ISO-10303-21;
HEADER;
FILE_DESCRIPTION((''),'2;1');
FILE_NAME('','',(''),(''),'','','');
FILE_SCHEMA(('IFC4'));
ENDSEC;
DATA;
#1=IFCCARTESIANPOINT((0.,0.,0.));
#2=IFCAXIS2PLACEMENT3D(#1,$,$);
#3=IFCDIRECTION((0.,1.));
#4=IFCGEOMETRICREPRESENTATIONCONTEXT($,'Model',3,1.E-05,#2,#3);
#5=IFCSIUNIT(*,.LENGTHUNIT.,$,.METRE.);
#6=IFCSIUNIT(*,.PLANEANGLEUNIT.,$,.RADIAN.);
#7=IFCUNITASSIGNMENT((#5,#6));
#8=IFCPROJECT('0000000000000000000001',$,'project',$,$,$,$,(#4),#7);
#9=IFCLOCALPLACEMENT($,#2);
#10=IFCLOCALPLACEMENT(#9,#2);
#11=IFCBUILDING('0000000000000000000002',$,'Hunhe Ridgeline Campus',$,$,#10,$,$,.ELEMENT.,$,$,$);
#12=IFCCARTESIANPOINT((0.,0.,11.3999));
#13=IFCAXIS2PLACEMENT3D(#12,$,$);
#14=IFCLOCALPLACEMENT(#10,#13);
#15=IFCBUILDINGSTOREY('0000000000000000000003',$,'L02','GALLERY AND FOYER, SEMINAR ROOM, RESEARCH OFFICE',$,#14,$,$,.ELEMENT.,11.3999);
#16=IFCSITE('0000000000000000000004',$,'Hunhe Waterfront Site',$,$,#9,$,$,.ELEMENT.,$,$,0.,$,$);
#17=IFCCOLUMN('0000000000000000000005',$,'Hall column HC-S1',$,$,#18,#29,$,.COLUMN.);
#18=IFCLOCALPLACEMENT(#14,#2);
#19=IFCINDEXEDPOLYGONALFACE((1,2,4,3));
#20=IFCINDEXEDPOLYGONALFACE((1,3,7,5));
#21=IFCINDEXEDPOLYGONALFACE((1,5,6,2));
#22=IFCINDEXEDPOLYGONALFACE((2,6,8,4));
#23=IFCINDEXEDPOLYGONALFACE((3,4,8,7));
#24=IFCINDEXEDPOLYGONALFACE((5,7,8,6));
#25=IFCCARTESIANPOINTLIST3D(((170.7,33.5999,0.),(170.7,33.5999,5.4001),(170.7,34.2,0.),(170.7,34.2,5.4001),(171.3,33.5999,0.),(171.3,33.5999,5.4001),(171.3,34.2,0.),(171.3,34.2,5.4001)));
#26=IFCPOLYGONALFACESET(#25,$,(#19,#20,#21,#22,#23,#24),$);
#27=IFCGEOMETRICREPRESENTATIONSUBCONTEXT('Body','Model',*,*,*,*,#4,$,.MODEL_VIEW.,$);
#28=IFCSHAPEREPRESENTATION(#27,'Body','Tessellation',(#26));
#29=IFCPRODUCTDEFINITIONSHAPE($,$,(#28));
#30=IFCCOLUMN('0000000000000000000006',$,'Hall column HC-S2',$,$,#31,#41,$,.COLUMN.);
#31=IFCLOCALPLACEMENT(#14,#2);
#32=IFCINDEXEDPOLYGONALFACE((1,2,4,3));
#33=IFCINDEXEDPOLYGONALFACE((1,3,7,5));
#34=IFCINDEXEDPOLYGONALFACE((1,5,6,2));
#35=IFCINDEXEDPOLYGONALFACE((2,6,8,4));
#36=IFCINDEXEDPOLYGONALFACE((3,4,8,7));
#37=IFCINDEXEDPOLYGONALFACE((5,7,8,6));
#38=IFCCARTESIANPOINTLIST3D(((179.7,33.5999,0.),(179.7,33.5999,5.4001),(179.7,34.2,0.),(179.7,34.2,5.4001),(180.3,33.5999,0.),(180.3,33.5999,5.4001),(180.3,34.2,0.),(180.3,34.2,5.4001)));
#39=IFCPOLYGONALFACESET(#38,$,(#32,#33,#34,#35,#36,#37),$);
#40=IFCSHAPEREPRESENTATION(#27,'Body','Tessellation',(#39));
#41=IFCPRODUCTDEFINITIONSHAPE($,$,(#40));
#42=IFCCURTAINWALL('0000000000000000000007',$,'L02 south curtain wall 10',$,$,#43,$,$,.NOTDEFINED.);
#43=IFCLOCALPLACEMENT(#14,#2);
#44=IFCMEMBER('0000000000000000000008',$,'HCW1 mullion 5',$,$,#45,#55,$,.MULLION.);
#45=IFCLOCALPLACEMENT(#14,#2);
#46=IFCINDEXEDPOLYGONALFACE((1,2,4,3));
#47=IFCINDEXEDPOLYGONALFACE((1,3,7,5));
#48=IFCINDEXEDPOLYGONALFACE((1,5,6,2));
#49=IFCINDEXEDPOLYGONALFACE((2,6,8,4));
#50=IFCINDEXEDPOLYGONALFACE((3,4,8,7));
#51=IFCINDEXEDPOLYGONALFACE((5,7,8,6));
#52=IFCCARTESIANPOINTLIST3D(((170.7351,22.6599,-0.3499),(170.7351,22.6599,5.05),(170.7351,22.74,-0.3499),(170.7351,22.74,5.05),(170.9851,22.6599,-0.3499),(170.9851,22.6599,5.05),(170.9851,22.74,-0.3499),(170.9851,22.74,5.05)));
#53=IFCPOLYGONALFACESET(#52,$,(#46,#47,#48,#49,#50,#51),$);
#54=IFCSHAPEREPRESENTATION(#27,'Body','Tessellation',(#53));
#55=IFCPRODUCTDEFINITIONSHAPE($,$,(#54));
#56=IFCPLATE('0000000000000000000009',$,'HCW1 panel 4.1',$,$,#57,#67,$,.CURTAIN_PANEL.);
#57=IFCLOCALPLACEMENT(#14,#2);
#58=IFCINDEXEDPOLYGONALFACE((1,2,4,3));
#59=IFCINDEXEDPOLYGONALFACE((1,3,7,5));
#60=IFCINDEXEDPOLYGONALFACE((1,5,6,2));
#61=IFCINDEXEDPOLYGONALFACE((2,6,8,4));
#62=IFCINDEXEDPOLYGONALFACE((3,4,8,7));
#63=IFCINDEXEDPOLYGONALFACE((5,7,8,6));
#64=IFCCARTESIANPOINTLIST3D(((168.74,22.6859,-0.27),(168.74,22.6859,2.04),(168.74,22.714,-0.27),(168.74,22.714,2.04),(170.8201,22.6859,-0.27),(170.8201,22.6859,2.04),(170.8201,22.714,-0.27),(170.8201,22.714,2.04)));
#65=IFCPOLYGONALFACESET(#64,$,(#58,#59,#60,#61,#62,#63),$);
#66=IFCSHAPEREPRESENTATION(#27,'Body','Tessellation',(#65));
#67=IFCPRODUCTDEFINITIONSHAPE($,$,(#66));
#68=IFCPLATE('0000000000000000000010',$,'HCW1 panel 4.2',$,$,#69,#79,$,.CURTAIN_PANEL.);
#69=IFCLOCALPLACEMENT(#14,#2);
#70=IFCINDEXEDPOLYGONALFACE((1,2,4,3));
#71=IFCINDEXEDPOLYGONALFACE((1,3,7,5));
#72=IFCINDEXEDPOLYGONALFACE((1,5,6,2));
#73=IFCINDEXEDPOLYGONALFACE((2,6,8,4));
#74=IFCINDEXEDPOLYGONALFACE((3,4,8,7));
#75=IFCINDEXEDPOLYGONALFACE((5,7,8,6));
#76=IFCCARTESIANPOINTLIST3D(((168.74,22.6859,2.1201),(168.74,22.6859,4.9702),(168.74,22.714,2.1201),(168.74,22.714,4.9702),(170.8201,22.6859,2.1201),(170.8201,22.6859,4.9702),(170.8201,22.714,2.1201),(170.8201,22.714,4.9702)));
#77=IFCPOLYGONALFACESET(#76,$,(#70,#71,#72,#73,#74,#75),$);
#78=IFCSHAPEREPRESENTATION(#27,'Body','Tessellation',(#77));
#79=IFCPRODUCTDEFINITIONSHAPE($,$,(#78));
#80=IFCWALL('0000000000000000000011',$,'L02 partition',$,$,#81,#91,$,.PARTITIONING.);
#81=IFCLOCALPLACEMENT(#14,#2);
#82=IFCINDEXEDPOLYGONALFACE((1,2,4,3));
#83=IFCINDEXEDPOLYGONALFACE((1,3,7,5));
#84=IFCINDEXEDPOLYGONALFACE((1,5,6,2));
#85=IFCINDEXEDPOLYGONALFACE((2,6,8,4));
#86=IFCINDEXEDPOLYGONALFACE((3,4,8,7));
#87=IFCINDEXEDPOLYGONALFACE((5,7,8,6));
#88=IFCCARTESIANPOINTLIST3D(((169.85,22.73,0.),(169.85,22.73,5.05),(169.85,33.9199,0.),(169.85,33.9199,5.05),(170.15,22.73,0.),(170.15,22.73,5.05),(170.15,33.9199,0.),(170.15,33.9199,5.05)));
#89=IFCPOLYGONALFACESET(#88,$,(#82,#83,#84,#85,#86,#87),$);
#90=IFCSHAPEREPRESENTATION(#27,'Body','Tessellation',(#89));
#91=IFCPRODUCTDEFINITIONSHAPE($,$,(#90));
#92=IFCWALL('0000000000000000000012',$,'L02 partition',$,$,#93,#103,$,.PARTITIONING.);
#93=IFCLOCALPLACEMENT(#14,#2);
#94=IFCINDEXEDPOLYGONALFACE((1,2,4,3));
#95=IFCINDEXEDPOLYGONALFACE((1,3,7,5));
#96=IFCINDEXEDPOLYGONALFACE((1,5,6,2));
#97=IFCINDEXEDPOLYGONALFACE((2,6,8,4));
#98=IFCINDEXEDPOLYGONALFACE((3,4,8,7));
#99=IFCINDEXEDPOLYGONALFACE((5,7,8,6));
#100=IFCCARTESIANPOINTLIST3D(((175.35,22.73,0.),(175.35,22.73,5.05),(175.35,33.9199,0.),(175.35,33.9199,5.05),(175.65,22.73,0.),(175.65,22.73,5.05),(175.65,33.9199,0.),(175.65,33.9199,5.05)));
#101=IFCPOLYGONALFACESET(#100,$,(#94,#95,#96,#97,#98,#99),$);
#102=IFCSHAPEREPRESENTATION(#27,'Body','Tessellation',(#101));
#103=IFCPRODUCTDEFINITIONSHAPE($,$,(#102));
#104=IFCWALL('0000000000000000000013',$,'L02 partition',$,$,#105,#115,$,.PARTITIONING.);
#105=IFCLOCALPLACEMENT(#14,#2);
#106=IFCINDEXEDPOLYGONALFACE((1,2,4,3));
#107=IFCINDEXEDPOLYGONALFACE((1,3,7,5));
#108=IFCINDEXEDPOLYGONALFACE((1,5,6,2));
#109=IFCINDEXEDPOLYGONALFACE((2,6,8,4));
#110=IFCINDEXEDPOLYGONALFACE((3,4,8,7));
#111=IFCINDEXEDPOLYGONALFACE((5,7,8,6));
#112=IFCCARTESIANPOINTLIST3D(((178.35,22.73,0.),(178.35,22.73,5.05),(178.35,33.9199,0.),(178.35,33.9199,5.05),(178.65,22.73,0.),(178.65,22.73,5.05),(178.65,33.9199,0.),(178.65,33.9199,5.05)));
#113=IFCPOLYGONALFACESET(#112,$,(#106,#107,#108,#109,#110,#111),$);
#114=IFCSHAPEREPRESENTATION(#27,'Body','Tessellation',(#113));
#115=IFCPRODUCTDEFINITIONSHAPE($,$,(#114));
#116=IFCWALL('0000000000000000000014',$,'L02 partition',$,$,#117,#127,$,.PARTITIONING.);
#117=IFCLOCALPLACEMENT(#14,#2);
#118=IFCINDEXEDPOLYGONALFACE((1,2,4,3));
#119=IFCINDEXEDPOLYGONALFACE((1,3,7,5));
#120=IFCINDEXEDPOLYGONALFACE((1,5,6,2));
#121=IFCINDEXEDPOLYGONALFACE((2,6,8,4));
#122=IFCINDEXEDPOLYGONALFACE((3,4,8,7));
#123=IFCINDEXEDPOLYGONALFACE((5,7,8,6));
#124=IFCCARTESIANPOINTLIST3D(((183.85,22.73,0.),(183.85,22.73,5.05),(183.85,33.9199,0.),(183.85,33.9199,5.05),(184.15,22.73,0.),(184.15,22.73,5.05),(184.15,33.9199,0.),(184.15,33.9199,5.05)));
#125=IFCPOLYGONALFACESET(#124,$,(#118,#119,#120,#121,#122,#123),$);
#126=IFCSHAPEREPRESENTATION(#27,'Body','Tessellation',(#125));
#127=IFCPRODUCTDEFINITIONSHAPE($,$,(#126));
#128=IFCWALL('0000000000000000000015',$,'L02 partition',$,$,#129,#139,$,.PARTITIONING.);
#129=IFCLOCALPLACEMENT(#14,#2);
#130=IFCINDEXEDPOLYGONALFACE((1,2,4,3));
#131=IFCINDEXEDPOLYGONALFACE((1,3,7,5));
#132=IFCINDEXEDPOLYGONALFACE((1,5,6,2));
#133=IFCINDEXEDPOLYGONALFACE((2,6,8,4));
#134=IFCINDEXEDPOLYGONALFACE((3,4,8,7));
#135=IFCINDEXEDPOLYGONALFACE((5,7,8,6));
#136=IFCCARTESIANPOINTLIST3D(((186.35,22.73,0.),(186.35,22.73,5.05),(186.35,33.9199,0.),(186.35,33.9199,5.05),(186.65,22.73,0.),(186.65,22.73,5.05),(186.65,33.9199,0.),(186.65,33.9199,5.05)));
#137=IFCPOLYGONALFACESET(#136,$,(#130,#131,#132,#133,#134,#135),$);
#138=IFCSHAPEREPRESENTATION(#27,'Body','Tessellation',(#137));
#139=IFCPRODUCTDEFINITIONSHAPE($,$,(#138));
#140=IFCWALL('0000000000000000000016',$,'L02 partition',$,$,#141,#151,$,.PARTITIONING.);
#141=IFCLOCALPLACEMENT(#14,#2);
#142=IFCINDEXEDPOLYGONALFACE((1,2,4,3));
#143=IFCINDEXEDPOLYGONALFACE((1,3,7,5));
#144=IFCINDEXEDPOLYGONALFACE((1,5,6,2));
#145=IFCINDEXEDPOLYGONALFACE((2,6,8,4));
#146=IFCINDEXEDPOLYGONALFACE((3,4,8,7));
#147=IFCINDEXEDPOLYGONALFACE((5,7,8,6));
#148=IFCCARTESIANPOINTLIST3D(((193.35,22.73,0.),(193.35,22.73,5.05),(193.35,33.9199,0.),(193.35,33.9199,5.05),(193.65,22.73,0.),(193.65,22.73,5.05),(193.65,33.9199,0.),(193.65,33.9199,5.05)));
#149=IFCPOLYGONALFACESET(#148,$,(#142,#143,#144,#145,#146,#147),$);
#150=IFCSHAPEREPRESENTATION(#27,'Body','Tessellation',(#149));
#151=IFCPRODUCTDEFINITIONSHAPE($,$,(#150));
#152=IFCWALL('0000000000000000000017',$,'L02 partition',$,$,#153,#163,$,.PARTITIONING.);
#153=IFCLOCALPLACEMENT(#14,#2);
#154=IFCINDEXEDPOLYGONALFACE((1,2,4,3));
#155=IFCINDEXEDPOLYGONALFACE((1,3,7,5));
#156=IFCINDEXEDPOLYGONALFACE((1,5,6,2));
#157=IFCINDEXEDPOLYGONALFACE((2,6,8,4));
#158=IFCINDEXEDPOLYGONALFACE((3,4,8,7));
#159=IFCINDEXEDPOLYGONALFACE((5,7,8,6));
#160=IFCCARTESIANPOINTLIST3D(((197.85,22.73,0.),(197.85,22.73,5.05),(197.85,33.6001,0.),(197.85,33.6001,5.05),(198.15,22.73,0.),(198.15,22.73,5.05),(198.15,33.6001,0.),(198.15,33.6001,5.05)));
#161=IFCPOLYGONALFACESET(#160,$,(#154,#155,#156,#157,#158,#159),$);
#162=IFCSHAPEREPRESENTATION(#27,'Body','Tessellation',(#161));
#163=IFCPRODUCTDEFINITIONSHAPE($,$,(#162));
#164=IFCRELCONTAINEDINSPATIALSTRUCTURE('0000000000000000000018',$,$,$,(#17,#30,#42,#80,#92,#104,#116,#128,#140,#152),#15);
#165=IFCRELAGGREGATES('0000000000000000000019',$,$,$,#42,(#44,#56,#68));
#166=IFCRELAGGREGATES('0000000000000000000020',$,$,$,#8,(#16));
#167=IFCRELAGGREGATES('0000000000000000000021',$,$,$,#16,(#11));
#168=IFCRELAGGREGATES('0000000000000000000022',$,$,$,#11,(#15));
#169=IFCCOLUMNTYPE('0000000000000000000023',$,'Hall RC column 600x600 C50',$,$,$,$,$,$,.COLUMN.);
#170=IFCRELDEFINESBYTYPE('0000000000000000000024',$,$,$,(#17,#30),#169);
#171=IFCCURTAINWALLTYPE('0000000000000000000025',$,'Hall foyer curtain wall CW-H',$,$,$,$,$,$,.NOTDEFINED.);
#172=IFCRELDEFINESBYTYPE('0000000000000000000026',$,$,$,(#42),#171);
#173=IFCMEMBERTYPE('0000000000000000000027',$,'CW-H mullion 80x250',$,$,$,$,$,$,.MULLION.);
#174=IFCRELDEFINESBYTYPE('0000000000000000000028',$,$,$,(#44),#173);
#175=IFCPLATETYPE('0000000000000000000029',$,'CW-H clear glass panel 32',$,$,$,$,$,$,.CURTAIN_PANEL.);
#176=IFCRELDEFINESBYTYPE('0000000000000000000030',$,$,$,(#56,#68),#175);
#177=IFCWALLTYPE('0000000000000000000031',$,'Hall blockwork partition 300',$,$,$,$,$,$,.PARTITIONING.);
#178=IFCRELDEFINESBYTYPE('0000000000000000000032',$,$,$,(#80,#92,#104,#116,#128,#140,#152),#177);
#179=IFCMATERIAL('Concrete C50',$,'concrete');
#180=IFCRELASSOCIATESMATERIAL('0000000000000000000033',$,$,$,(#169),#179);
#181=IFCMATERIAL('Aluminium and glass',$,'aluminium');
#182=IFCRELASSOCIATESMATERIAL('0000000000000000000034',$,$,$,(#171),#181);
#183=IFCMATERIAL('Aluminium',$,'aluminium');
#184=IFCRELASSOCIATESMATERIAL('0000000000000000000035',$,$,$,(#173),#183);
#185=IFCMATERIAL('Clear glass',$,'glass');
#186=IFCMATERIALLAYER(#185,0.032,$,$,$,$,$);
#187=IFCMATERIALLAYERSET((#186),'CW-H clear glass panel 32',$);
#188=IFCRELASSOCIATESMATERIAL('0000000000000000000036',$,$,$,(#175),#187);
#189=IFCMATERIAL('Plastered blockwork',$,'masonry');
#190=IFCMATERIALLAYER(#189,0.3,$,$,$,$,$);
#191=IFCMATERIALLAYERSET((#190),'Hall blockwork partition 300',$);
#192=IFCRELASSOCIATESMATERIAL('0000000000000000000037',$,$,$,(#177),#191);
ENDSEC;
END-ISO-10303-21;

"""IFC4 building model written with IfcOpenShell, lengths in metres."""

from ifc_helpers import new_model, si_unit, direction, frame, frame_2d, origin, origin_2d, place, context, subcontext, project, spatial, rectangle, extrude, material, layer, layer_set, material_profile, profile_set, type_object, element, aggregate, save


model = new_model("IFC4")

# Units and contexts
model_context = context("Model", 3, precision=1e-05, world=origin(), true_north=direction((0.0, 1.0)))
body_context = subcontext(model_context, "Body", "Model", "MODEL_VIEW")
ifc_project = project(units=[si_unit("LENGTHUNIT", "METRE"), si_unit("PLANEANGLEUNIT", "RADIAN")], contexts=[model_context])

# Site, building, storey
site_placement = place(None, origin())
site = spatial("IfcSite", under=ifc_project, at=site_placement, Name="Hunhe Waterfront Site", CompositionType="ELEMENT", RefElevation=0.0)
building_placement = place(site_placement, origin())
building = spatial("IfcBuilding", under=site, at=building_placement, Name="Hunhe Ridgeline Campus", CompositionType="ELEMENT")
storey_placement = place(building_placement, frame((0.0, 0.0, 11.3999)))
storey = spatial("IfcBuildingStorey", under=building, at=storey_placement, Name="L02", Description="GALLERY AND FOYER, SEMINAR ROOM, RESEARCH OFFICE", CompositionType="ELEMENT", Elevation=11.3999)

# Columns
ifc_material_1 = material(Name="Concrete C50", Category="concrete")
ifc_material_profile_1 = material_profile(ifc_material_1, rectangle(XDim=0.6001, YDim=0.6001, at=origin_2d()))
ifc_profile_set_1 = profile_set([ifc_material_profile_1], Name="Concrete C50")
column_type = type_object("IfcColumnType", Name="Hall RC column 600x600 C50", PredefinedType="COLUMN", material=ifc_profile_set_1)
for number, where, z_axis, x_axis, name in (
    (1, (171.0, 33.8999, 0.0), (0.0, 0.0, 1.0), (1.0, 0.0, 0.0), "Hall column HC-S1"),
    (2, (180.0, 33.8999, 0.0), (0.0, 0.0, 1.0), (1.0, 0.0, 0.0), "Hall column HC-S2"),
):
    element("IfcColumn", number, at=place(storey_placement, frame(where, z_axis=z_axis, x_axis=x_axis)), inside=storey, type_object=column_type, Name=name, PredefinedType="COLUMN", context=body_context, shape_type="SweptSolid", body=[
        extrude(rectangle(XDim=0.6001, YDim=0.6001, at=origin_2d()), origin(), (0.0, 0.0, 1.0), 5.4001),
    ])

# Curtain wall, member, plates
ifc_material_2 = material(Name="Aluminium and glass", Category="aluminium")
curtain_wall_type = type_object("IfcCurtainWallType", Name="Hall foyer curtain wall CW-H", PredefinedType="NOTDEFINED", material=ifc_material_2)
curtain_wall_placement = place(storey_placement, origin())
curtain_wall = element("IfcCurtainWall", 3, at=curtain_wall_placement, inside=storey, type_object=curtain_wall_type, Name="L02 south curtain wall 10", PredefinedType="NOTDEFINED")
ifc_material_3 = material(Name="Aluminium", Category="aluminium")
ifc_material_profile_2 = material_profile(ifc_material_3, rectangle(XDim=0.0801, YDim=0.25, at=origin_2d()))
ifc_profile_set_2 = profile_set([ifc_material_profile_2], Name="Aluminium")
member_type = type_object("IfcMemberType", Name="CW-H mullion 80x250", PredefinedType="MULLION", material=ifc_profile_set_2)
member_placement = place(storey_placement, frame((170.8601, 22.7, -0.3499), z_axis=(0.0, 0.0, 1.0), x_axis=(0.0, 1.0, 0.0)))
member = element("IfcMember", 4, at=member_placement, type_object=member_type, Name="HCW1 mullion 5", PredefinedType="MULLION", context=body_context, shape_type="SweptSolid", body=[
    extrude(rectangle(XDim=0.0801, YDim=0.25, at=origin_2d()), origin(), (0.0, 0.0, 1.0), 5.3999),
])
ifc_material_4 = material(Name="Clear glass", Category="glass")
ifc_layer_1 = layer(ifc_material_4, 0.032)
ifc_layer_set_1 = layer_set([ifc_layer_1], Name="CW-H clear glass panel 32")
plate_type = type_object("IfcPlateType", Name="CW-H clear glass panel 32", PredefinedType="CURTAIN_PANEL", material=ifc_layer_set_1)
plate_1_placement = place(storey_placement, frame((169.78, 22.7, -0.27), z_axis=(0.0, 0.0, 1.0), x_axis=(1.0, 0.0, 0.0)))
plate_1 = element("IfcPlate", 5, at=plate_1_placement, type_object=plate_type, Name="HCW1 panel 4.1", PredefinedType="CURTAIN_PANEL", context=body_context, shape_type="SweptSolid", body=[
    extrude(rectangle(XDim=2.0801, YDim=0.0281, at=origin_2d()), origin(), (0.0, 0.0, 1.0), 2.3101),
])
plate_2_placement = place(storey_placement, frame((169.78, 22.7, 2.1201), z_axis=(0.0, 0.0, 1.0), x_axis=(1.0, 0.0, 0.0)))
plate_2 = element("IfcPlate", 6, at=plate_2_placement, type_object=plate_type, Name="HCW1 panel 4.2", PredefinedType="CURTAIN_PANEL", context=body_context, shape_type="SweptSolid", body=[
    extrude(rectangle(XDim=2.0801, YDim=0.0281, at=origin_2d()), origin(), (0.0, 0.0, 1.0), 2.8501),
])
aggregate(curtain_wall, [member, plate_1, plate_2])

# Wall
ifc_material_5 = material(Name="Plastered blockwork", Category="masonry")
ifc_layer_2 = layer(ifc_material_5, 0.3)
ifc_layer_set_2 = layer_set([ifc_layer_2], Name="Hall blockwork partition 300")
wall_type_1 = type_object("IfcWallType", Name="Hall blockwork partition 300", PredefinedType="PARTITIONING", material=ifc_layer_set_2)
wall_1_placement = place(storey_placement, frame((170.0, 22.73, 0.0), z_axis=(0.0, 0.0, 1.0), x_axis=(0.0, 1.0, 0.0)))
element("IfcWall", 7, at=wall_1_placement, inside=storey, type_object=wall_type_1, Name="L02 partition", PredefinedType="PARTITIONING", context=body_context, shape_type="SweptSolid", body=[
    extrude(rectangle(XDim=11.1899, YDim=0.3, at=frame_2d((5.595, 0.0))), origin(), (0.0, 0.0, 1.0), 5.05),
])

# Walls
for number, where, z_axis, x_axis, name in (
    (8, (175.5, 22.73, 0.0), (0.0, 0.0, 1.0), (0.0, 1.0, 0.0), "L02 partition"),
    (9, (178.5, 22.73, 0.0), (0.0, 0.0, 1.0), (0.0, 1.0, 0.0), "L02 partition"),
    (10, (184.0, 22.73, 0.0), (0.0, 0.0, 1.0), (0.0, 1.0, 0.0), "L02 partition"),
    (11, (186.5, 22.73, 0.0), (0.0, 0.0, 1.0), (0.0, 1.0, 0.0), "L02 partition"),
    (12, (193.5, 22.73, 0.0), (0.0, 0.0, 1.0), (0.0, 1.0, 0.0), "L02 partition"),
):
    element("IfcWall", number, at=place(storey_placement, frame(where, z_axis=z_axis, x_axis=x_axis)), inside=storey, type_object=wall_type_1, Name=name, PredefinedType="PARTITIONING", context=body_context, shape_type="SweptSolid", body=[
        extrude(rectangle(XDim=11.1899, YDim=0.3, at=frame_2d((5.595, 0.0))), origin(), (0.0, 0.0, 1.0), 5.05),
    ])
wall_2_placement = place(storey_placement, frame((198.0, 22.73, 0.0), z_axis=(0.0, 0.0, 1.0), x_axis=(0.0, 1.0, 0.0)))
element("IfcWall", 13, at=wall_2_placement, inside=storey, type_object=wall_type_1, Name="L02 partition", PredefinedType="PARTITIONING", context=body_context, shape_type="SweptSolid", body=[
    extrude(rectangle(XDim=10.8701, YDim=0.3, at=frame_2d((5.4351, 0.0))), origin(), (0.0, 0.0, 1.0), 5.05),
])

save(model, "model.ifc")
